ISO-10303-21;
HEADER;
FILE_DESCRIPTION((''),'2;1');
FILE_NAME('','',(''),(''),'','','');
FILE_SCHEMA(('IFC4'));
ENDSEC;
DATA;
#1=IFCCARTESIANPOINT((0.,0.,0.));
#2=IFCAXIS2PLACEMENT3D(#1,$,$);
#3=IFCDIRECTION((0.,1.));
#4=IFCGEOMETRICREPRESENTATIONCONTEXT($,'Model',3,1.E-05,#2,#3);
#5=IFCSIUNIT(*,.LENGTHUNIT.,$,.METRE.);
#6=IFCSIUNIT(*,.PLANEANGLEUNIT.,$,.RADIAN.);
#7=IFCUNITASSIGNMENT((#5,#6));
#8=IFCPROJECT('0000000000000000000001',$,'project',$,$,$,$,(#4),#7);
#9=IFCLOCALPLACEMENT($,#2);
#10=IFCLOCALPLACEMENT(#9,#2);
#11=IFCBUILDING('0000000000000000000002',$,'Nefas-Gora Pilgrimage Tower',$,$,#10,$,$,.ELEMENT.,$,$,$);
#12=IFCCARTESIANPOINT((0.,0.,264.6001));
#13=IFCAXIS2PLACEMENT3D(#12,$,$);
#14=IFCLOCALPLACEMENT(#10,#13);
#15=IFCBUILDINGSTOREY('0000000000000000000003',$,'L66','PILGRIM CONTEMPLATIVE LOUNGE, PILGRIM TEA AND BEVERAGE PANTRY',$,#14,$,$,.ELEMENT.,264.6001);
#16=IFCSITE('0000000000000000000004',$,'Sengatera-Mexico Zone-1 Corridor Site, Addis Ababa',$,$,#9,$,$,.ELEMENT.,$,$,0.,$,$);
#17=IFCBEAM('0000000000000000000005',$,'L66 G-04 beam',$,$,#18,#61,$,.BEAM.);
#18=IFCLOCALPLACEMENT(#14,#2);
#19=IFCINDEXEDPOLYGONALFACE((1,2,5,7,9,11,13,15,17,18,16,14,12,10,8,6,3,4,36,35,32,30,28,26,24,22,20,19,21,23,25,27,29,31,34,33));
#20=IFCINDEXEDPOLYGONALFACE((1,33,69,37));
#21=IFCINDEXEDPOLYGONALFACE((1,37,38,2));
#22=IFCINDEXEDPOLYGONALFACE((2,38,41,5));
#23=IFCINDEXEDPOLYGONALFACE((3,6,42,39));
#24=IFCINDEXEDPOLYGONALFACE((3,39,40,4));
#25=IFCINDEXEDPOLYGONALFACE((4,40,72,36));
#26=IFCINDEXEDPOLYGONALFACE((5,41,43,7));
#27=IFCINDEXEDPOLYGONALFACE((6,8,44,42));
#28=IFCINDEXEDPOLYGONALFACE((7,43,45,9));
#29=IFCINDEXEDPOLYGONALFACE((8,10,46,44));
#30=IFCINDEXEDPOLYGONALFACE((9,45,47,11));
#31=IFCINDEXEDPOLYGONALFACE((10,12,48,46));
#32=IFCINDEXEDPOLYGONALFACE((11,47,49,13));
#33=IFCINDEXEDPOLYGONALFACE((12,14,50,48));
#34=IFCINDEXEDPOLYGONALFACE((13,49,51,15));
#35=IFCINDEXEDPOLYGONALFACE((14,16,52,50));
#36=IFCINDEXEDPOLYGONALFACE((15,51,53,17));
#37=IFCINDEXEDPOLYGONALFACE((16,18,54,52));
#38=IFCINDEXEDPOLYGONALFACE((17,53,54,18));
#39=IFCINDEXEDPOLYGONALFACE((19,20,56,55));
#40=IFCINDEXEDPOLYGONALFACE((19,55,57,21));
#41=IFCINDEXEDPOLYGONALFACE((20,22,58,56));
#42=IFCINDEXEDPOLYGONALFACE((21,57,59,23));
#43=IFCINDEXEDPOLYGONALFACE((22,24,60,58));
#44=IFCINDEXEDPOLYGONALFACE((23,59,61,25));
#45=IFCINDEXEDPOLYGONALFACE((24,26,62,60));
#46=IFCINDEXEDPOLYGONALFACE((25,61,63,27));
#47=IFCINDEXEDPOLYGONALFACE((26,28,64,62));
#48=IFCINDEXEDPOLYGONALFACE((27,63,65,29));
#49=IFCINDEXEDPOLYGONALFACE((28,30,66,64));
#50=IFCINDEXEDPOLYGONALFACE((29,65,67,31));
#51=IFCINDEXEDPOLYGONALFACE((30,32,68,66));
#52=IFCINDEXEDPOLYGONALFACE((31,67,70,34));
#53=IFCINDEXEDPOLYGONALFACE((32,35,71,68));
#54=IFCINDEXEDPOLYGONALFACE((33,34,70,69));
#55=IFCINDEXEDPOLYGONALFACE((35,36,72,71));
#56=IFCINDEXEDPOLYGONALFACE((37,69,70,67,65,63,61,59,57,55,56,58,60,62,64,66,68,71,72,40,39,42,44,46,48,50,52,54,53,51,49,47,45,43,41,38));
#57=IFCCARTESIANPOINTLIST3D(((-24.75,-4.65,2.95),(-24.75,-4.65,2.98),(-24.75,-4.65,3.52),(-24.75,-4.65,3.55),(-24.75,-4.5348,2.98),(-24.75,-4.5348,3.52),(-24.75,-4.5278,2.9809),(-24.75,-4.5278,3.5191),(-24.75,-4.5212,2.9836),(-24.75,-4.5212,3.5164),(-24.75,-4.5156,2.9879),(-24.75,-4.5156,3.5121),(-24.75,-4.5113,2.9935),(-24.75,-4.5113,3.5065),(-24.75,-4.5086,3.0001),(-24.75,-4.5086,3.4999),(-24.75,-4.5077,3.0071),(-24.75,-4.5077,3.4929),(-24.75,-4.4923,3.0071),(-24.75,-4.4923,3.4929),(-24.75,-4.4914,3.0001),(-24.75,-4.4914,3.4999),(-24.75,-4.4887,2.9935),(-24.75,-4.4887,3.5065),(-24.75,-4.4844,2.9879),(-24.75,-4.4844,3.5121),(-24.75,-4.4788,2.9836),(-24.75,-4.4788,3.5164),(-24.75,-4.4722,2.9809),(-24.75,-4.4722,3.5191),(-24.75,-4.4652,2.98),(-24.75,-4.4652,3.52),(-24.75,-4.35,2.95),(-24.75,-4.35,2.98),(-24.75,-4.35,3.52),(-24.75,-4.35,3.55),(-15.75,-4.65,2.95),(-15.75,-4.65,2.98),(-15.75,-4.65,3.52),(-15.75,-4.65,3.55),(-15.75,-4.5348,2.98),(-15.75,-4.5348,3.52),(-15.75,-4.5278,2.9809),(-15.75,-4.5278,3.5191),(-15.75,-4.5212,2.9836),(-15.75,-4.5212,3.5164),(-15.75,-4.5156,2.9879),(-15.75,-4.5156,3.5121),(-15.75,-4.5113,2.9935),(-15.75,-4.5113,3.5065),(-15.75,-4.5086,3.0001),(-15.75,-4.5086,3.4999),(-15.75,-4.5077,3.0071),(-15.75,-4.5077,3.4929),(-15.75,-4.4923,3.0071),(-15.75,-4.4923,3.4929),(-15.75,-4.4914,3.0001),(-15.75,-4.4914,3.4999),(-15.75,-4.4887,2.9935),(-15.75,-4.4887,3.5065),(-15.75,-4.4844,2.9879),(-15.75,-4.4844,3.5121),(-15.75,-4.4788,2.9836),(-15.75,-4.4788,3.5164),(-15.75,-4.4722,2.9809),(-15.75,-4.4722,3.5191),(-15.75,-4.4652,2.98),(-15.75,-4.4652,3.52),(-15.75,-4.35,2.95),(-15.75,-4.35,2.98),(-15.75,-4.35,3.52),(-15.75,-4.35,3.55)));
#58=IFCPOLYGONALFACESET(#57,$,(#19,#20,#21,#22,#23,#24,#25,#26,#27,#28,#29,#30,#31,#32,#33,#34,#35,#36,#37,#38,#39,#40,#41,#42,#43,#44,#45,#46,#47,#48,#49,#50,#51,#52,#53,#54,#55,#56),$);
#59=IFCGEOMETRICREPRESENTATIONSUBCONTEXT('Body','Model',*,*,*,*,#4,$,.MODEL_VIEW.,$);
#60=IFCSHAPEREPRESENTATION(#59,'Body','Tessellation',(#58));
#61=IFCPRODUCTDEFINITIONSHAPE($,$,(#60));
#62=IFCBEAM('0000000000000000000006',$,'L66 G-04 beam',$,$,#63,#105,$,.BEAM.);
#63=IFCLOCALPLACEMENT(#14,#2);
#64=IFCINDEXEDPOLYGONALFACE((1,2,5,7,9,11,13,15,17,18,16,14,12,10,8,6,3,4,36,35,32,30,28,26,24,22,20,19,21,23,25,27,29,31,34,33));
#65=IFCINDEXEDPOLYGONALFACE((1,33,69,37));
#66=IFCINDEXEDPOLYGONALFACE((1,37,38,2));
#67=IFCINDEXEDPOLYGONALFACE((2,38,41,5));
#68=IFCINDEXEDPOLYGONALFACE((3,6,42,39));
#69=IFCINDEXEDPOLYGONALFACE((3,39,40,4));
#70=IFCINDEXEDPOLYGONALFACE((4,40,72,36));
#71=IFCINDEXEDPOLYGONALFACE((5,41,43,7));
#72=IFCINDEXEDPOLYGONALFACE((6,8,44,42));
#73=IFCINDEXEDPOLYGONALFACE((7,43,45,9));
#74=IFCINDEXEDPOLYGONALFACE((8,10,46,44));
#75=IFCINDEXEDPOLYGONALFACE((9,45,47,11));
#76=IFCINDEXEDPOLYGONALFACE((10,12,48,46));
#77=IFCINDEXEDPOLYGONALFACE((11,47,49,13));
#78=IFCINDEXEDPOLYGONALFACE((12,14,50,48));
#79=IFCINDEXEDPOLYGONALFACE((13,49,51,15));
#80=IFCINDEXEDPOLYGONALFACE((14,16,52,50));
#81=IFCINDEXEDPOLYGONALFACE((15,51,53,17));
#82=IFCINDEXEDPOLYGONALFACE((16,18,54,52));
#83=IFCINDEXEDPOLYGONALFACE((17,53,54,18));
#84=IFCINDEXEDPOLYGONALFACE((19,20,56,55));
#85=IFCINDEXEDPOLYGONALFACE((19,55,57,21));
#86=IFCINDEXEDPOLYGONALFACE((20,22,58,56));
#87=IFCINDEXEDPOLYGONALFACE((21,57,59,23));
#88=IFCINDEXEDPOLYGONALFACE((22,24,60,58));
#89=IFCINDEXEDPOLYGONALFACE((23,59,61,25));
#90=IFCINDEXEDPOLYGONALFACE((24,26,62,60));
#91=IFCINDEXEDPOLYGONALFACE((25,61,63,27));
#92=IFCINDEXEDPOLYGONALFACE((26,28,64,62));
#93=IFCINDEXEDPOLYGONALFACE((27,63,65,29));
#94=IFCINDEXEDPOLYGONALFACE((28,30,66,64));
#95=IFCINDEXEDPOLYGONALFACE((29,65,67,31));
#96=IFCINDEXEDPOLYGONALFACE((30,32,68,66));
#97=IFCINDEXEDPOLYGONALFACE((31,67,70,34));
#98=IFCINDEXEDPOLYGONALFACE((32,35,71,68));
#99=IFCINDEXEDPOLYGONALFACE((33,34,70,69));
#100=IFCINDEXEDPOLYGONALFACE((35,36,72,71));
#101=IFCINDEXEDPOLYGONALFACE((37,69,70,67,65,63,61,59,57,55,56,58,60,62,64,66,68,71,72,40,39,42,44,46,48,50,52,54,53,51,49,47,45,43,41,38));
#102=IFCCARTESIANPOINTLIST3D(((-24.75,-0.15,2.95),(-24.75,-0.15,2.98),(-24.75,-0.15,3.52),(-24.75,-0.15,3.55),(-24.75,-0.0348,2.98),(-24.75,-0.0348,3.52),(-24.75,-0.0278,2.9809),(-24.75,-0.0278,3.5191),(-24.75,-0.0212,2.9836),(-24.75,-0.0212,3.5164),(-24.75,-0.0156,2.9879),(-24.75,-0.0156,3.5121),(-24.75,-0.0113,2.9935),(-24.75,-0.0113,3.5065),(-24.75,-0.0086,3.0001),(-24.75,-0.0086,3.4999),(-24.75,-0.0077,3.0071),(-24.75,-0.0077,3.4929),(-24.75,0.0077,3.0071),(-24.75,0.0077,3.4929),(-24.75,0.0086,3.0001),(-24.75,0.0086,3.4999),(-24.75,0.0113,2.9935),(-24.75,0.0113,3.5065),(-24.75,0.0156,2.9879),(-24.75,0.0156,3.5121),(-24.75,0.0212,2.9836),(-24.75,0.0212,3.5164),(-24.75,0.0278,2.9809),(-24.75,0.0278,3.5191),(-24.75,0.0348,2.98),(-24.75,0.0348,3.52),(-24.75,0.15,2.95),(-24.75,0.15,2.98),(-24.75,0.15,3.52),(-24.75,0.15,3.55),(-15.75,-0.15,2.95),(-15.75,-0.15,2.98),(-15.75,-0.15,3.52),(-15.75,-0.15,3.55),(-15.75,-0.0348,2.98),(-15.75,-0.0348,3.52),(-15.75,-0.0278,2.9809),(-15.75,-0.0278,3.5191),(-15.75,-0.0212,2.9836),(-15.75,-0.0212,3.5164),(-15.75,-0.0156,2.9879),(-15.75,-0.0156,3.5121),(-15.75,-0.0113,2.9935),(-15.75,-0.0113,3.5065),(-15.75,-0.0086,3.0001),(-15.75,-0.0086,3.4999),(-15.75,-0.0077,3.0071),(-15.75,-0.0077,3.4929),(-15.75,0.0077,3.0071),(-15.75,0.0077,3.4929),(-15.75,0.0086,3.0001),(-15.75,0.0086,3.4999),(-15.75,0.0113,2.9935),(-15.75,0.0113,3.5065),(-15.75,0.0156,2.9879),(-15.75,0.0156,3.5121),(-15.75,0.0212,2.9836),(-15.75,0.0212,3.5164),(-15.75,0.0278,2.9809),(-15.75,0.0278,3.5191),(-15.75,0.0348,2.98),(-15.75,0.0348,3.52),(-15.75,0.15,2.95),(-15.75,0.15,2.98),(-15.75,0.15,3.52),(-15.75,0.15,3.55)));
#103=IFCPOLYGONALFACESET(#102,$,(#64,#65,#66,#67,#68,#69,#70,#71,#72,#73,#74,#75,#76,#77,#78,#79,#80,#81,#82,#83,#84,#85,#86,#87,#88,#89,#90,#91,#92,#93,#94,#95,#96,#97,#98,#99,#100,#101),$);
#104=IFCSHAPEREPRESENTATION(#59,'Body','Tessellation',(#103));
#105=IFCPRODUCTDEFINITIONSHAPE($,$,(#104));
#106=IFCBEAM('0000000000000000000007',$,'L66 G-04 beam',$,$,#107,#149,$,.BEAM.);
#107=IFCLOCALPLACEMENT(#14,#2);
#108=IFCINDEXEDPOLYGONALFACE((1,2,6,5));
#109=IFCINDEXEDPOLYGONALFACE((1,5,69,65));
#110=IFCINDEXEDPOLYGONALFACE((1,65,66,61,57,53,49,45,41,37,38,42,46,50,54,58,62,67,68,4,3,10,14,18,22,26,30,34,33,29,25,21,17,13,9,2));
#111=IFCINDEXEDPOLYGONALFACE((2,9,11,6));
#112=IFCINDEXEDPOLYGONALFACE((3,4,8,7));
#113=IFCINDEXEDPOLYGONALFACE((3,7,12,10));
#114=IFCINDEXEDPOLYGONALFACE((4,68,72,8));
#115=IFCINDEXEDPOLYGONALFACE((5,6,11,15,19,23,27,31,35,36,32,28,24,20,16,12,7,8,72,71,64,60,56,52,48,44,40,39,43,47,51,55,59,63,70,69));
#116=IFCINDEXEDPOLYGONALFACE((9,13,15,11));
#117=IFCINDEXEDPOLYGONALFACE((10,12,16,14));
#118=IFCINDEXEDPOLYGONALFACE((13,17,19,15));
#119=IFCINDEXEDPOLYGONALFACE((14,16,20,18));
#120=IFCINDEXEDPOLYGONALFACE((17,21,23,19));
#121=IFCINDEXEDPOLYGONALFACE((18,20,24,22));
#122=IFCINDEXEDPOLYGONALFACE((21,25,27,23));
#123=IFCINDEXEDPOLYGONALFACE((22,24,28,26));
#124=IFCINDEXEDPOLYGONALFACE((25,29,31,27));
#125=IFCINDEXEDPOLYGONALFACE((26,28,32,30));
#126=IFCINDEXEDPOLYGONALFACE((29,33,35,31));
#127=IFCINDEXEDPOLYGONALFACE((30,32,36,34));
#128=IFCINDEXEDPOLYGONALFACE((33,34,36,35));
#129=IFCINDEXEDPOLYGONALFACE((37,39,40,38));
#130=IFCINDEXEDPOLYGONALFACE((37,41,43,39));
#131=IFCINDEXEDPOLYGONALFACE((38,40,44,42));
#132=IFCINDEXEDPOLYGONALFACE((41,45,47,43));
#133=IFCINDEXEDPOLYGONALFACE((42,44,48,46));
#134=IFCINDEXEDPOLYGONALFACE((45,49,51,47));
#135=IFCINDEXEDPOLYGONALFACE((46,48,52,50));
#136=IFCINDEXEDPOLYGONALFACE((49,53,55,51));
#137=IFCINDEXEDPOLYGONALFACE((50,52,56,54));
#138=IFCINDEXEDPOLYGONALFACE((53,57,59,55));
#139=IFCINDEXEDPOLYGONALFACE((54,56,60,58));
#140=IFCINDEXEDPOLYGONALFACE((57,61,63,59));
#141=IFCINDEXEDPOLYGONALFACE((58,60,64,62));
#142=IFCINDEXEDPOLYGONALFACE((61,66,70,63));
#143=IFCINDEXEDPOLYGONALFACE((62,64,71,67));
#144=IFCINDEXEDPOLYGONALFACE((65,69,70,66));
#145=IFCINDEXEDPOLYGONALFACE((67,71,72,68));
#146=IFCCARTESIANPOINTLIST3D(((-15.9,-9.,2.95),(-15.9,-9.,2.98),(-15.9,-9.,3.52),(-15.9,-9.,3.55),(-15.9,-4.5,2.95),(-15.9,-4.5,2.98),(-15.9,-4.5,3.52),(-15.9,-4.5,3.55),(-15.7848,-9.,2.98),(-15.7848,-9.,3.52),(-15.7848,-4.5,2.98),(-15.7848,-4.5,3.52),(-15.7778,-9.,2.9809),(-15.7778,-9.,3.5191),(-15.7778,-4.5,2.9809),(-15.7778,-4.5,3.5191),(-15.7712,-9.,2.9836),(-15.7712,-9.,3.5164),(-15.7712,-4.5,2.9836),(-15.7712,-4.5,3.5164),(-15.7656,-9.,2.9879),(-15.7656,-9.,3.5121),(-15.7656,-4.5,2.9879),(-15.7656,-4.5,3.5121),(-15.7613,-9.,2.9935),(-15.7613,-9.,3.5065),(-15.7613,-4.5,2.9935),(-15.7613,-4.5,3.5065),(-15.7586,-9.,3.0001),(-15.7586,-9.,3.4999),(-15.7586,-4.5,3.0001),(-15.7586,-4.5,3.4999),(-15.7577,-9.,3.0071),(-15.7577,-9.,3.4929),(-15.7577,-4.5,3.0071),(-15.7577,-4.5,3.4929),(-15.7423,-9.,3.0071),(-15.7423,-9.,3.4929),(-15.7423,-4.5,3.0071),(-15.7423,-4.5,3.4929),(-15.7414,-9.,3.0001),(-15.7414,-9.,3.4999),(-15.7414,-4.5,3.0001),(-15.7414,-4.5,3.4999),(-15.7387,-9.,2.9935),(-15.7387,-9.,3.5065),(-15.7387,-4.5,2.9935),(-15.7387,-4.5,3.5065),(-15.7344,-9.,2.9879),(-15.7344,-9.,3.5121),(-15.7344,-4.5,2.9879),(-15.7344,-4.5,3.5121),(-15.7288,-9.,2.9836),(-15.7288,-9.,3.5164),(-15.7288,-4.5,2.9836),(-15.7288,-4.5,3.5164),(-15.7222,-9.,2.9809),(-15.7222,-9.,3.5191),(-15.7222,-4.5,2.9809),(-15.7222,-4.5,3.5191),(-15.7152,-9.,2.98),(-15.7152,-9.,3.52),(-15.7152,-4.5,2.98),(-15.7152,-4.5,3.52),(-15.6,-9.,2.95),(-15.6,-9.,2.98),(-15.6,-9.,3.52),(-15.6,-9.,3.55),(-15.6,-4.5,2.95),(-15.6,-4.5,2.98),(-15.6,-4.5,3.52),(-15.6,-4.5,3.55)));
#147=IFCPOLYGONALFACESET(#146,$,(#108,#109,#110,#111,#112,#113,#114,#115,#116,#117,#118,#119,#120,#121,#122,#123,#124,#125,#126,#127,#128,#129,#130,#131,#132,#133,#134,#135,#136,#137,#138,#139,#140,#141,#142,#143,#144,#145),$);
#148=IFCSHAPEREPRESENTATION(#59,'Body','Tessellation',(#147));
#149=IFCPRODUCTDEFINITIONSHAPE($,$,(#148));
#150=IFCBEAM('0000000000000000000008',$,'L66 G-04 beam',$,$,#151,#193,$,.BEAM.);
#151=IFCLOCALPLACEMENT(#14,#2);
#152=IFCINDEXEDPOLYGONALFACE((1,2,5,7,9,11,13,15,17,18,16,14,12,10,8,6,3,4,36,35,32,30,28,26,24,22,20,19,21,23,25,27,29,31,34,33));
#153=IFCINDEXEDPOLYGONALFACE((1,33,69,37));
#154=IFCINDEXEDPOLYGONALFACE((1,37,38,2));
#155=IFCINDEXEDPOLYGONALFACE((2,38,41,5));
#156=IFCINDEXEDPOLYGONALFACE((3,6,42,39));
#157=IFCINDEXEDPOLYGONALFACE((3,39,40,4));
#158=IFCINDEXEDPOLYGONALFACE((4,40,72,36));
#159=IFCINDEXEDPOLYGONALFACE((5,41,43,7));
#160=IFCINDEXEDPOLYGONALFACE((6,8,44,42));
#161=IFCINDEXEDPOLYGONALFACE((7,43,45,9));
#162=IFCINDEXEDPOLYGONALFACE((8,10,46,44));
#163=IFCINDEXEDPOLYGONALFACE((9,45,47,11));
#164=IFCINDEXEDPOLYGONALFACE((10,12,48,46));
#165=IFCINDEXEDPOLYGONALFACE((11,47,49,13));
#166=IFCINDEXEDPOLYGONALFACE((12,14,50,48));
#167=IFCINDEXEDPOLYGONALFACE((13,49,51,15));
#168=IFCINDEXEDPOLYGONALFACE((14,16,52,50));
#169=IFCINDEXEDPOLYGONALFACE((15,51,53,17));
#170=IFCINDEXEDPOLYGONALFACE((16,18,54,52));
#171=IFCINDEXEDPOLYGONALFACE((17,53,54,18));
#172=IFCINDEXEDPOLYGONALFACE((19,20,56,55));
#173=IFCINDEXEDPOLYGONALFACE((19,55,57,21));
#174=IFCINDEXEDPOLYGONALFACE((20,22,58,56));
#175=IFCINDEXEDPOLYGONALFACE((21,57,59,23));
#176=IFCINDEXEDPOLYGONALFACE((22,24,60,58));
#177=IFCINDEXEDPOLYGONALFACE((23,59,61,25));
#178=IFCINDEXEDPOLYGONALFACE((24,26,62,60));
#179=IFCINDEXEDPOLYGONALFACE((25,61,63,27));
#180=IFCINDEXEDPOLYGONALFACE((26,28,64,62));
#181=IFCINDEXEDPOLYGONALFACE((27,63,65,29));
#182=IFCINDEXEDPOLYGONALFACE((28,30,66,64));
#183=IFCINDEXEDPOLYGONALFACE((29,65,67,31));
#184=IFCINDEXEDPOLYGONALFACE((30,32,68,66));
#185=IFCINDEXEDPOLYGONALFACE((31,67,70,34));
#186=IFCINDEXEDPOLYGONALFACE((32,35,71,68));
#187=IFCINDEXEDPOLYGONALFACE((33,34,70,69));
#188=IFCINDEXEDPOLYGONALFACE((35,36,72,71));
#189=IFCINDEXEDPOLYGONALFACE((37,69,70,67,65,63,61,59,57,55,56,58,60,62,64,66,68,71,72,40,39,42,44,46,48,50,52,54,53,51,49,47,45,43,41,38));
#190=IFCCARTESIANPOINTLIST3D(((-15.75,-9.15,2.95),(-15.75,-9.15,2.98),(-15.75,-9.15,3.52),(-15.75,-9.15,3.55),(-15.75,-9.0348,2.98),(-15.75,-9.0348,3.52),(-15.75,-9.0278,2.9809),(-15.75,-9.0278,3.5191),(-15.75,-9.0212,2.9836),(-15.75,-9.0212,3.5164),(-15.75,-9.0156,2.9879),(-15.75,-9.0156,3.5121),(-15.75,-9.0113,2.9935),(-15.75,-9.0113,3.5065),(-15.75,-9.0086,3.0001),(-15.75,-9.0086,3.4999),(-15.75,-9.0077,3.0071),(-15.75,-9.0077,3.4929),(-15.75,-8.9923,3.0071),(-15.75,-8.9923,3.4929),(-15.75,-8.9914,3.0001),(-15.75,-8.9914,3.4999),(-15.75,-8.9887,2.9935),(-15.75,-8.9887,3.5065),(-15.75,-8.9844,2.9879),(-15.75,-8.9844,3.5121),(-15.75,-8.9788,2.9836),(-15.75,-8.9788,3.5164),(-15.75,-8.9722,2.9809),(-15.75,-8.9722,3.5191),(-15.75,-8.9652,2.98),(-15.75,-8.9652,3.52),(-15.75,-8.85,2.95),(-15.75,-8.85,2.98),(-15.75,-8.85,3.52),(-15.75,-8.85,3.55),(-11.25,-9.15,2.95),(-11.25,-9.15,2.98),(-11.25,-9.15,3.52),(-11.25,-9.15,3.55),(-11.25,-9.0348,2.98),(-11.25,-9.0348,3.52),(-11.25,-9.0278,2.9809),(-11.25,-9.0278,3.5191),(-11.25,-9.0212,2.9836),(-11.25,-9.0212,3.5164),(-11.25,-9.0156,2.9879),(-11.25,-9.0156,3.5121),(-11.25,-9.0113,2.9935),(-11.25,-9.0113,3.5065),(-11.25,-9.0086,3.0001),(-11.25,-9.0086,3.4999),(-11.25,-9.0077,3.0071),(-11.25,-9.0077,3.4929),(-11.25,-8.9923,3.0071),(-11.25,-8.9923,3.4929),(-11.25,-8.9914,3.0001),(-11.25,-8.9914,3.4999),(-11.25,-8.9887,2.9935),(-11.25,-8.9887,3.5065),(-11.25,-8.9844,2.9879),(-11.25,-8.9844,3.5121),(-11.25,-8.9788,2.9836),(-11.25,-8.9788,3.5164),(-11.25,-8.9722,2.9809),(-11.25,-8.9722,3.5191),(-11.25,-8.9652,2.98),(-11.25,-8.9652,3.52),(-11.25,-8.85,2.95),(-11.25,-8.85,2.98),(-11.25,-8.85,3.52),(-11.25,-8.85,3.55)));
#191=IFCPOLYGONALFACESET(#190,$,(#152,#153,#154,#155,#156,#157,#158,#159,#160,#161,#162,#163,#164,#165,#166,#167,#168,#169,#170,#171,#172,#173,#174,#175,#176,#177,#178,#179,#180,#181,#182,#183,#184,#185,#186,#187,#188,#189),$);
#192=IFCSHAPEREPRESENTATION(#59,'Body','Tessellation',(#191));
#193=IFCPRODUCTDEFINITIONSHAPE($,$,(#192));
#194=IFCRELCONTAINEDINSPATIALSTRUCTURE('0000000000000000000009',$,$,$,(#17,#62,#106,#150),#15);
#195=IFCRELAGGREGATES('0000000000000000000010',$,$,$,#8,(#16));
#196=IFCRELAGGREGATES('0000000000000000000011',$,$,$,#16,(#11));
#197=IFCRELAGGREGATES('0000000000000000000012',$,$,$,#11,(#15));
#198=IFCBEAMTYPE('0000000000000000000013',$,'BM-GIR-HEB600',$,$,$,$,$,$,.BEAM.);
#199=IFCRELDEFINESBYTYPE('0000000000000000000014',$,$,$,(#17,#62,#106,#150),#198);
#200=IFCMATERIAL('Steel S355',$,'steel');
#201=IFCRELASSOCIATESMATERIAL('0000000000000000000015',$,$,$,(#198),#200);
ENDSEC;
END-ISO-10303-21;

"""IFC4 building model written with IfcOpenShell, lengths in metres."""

from ifc_helpers import new_model, si_unit, direction, frame, origin, origin_2d, place, context, subcontext, project, spatial, i_section, extrude, source, transform, mapped, material, material_profile, profile_set, type_object, element, save


model = new_model("IFC4")

# Units and contexts
model_context = context("Model", 3, precision=1e-05, world=origin(), true_north=direction((0.0, 1.0)))
body_context = subcontext(model_context, "Body", "Model", "MODEL_VIEW")
ifc_project = project(units=[si_unit("LENGTHUNIT", "METRE"), si_unit("PLANEANGLEUNIT", "RADIAN")], contexts=[model_context])

# Site, building, storey
site_placement = place(None, origin())
site = spatial("IfcSite", under=ifc_project, at=site_placement, Name="Sengatera-Mexico Zone-1 Corridor Site, Addis Ababa", CompositionType="ELEMENT", RefElevation=0.0)
building_placement = place(site_placement, origin())
building = spatial("IfcBuilding", under=site, at=building_placement, Name="Nefas-Gora Pilgrimage Tower", CompositionType="ELEMENT")
storey_placement = place(building_placement, frame((0.0, 0.0, 264.6001)))
storey = spatial("IfcBuildingStorey", under=building, at=storey_placement, Name="L66", Description="PILGRIM CONTEMPLATIVE LOUNGE, PILGRIM TEA AND BEVERAGE PANTRY", CompositionType="ELEMENT", Elevation=264.6001)

# Shared definitions
ifc_material_1 = material(Name="Steel S355", Category="steel")

# Beams
ifc_material_profile_1 = material_profile(ifc_material_1, i_section(OverallWidth=0.3, OverallDepth=0.6001, WebThickness=0.0154, FlangeThickness=0.03, FilletRadius=0.0271, at=origin_2d()), Name="HEB 600")
ifc_profile_set_1 = profile_set([ifc_material_profile_1], Name="Steel S355")
beam_type_1 = type_object("IfcBeamType", Name="BM-GIR-HEB600", PredefinedType="BEAM", material=ifc_profile_set_1)
shared_shape_1 = source(origin(), body_context, "Body", "SweptSolid", [
    extrude(i_section(OverallWidth=0.3, OverallDepth=0.6001, WebThickness=0.0154, FlangeThickness=0.03, FilletRadius=0.0271, at=origin_2d()), origin(), (0.0, 0.0, 1.0), 9.0),
])
for number, where, z_axis, x_axis, name in (
    (1, (-24.75, -4.5, 3.25), (1.0, 0.0, 0.0), (0.0, 1.0, 0.0), "L66 G-04 beam"),
    (2, (-24.75, 0.0, 3.25), (1.0, 0.0, 0.0), (0.0, 1.0, 0.0), "L66 G-04 beam"),
):
    element("IfcBeam", number, at=place(storey_placement, frame(where, z_axis=z_axis, x_axis=x_axis)), inside=storey, type_object=beam_type_1, Name=name, PredefinedType="BEAM", context=body_context, shape_type="MappedRepresentation", body=[
        mapped(shared_shape_1, transform((0.0, 0.0, 0.0), x_axis=(1.0, 0.0, 0.0), y_axis=(0.0, 1.0, 0.0), z_axis=(0.0, 0.0, 1.0), scale=1.0)),
    ])
shared_shape_2 = source(origin(), body_context, "Body", "SweptSolid", [
    extrude(i_section(OverallWidth=0.3, OverallDepth=0.6001, WebThickness=0.0154, FlangeThickness=0.03, FilletRadius=0.0271, at=origin_2d()), origin(), (0.0, 0.0, 1.0), 4.5),
])
for number, where, z_axis, x_axis, name in (
    (3, (-15.75, -9.0, 3.25), (0.0, 1.0, 0.0), (-1.0, 0.0, 0.0), "L66 G-04 beam"),
    (4, (-15.75, -9.0, 3.25), (1.0, 0.0, 0.0), (0.0, 1.0, 0.0), "L66 G-04 beam"),
):
    element("IfcBeam", number, at=place(storey_placement, frame(where, z_axis=z_axis, x_axis=x_axis)), inside=storey, type_object=beam_type_1, Name=name, PredefinedType="BEAM", context=body_context, shape_type="MappedRepresentation", body=[
        mapped(shared_shape_2, transform((0.0, 0.0, 0.0), x_axis=(1.0, 0.0, 0.0), y_axis=(0.0, 1.0, 0.0), z_axis=(0.0, 0.0, 1.0), scale=1.0)),
    ])

save(model, "model.ifc")
